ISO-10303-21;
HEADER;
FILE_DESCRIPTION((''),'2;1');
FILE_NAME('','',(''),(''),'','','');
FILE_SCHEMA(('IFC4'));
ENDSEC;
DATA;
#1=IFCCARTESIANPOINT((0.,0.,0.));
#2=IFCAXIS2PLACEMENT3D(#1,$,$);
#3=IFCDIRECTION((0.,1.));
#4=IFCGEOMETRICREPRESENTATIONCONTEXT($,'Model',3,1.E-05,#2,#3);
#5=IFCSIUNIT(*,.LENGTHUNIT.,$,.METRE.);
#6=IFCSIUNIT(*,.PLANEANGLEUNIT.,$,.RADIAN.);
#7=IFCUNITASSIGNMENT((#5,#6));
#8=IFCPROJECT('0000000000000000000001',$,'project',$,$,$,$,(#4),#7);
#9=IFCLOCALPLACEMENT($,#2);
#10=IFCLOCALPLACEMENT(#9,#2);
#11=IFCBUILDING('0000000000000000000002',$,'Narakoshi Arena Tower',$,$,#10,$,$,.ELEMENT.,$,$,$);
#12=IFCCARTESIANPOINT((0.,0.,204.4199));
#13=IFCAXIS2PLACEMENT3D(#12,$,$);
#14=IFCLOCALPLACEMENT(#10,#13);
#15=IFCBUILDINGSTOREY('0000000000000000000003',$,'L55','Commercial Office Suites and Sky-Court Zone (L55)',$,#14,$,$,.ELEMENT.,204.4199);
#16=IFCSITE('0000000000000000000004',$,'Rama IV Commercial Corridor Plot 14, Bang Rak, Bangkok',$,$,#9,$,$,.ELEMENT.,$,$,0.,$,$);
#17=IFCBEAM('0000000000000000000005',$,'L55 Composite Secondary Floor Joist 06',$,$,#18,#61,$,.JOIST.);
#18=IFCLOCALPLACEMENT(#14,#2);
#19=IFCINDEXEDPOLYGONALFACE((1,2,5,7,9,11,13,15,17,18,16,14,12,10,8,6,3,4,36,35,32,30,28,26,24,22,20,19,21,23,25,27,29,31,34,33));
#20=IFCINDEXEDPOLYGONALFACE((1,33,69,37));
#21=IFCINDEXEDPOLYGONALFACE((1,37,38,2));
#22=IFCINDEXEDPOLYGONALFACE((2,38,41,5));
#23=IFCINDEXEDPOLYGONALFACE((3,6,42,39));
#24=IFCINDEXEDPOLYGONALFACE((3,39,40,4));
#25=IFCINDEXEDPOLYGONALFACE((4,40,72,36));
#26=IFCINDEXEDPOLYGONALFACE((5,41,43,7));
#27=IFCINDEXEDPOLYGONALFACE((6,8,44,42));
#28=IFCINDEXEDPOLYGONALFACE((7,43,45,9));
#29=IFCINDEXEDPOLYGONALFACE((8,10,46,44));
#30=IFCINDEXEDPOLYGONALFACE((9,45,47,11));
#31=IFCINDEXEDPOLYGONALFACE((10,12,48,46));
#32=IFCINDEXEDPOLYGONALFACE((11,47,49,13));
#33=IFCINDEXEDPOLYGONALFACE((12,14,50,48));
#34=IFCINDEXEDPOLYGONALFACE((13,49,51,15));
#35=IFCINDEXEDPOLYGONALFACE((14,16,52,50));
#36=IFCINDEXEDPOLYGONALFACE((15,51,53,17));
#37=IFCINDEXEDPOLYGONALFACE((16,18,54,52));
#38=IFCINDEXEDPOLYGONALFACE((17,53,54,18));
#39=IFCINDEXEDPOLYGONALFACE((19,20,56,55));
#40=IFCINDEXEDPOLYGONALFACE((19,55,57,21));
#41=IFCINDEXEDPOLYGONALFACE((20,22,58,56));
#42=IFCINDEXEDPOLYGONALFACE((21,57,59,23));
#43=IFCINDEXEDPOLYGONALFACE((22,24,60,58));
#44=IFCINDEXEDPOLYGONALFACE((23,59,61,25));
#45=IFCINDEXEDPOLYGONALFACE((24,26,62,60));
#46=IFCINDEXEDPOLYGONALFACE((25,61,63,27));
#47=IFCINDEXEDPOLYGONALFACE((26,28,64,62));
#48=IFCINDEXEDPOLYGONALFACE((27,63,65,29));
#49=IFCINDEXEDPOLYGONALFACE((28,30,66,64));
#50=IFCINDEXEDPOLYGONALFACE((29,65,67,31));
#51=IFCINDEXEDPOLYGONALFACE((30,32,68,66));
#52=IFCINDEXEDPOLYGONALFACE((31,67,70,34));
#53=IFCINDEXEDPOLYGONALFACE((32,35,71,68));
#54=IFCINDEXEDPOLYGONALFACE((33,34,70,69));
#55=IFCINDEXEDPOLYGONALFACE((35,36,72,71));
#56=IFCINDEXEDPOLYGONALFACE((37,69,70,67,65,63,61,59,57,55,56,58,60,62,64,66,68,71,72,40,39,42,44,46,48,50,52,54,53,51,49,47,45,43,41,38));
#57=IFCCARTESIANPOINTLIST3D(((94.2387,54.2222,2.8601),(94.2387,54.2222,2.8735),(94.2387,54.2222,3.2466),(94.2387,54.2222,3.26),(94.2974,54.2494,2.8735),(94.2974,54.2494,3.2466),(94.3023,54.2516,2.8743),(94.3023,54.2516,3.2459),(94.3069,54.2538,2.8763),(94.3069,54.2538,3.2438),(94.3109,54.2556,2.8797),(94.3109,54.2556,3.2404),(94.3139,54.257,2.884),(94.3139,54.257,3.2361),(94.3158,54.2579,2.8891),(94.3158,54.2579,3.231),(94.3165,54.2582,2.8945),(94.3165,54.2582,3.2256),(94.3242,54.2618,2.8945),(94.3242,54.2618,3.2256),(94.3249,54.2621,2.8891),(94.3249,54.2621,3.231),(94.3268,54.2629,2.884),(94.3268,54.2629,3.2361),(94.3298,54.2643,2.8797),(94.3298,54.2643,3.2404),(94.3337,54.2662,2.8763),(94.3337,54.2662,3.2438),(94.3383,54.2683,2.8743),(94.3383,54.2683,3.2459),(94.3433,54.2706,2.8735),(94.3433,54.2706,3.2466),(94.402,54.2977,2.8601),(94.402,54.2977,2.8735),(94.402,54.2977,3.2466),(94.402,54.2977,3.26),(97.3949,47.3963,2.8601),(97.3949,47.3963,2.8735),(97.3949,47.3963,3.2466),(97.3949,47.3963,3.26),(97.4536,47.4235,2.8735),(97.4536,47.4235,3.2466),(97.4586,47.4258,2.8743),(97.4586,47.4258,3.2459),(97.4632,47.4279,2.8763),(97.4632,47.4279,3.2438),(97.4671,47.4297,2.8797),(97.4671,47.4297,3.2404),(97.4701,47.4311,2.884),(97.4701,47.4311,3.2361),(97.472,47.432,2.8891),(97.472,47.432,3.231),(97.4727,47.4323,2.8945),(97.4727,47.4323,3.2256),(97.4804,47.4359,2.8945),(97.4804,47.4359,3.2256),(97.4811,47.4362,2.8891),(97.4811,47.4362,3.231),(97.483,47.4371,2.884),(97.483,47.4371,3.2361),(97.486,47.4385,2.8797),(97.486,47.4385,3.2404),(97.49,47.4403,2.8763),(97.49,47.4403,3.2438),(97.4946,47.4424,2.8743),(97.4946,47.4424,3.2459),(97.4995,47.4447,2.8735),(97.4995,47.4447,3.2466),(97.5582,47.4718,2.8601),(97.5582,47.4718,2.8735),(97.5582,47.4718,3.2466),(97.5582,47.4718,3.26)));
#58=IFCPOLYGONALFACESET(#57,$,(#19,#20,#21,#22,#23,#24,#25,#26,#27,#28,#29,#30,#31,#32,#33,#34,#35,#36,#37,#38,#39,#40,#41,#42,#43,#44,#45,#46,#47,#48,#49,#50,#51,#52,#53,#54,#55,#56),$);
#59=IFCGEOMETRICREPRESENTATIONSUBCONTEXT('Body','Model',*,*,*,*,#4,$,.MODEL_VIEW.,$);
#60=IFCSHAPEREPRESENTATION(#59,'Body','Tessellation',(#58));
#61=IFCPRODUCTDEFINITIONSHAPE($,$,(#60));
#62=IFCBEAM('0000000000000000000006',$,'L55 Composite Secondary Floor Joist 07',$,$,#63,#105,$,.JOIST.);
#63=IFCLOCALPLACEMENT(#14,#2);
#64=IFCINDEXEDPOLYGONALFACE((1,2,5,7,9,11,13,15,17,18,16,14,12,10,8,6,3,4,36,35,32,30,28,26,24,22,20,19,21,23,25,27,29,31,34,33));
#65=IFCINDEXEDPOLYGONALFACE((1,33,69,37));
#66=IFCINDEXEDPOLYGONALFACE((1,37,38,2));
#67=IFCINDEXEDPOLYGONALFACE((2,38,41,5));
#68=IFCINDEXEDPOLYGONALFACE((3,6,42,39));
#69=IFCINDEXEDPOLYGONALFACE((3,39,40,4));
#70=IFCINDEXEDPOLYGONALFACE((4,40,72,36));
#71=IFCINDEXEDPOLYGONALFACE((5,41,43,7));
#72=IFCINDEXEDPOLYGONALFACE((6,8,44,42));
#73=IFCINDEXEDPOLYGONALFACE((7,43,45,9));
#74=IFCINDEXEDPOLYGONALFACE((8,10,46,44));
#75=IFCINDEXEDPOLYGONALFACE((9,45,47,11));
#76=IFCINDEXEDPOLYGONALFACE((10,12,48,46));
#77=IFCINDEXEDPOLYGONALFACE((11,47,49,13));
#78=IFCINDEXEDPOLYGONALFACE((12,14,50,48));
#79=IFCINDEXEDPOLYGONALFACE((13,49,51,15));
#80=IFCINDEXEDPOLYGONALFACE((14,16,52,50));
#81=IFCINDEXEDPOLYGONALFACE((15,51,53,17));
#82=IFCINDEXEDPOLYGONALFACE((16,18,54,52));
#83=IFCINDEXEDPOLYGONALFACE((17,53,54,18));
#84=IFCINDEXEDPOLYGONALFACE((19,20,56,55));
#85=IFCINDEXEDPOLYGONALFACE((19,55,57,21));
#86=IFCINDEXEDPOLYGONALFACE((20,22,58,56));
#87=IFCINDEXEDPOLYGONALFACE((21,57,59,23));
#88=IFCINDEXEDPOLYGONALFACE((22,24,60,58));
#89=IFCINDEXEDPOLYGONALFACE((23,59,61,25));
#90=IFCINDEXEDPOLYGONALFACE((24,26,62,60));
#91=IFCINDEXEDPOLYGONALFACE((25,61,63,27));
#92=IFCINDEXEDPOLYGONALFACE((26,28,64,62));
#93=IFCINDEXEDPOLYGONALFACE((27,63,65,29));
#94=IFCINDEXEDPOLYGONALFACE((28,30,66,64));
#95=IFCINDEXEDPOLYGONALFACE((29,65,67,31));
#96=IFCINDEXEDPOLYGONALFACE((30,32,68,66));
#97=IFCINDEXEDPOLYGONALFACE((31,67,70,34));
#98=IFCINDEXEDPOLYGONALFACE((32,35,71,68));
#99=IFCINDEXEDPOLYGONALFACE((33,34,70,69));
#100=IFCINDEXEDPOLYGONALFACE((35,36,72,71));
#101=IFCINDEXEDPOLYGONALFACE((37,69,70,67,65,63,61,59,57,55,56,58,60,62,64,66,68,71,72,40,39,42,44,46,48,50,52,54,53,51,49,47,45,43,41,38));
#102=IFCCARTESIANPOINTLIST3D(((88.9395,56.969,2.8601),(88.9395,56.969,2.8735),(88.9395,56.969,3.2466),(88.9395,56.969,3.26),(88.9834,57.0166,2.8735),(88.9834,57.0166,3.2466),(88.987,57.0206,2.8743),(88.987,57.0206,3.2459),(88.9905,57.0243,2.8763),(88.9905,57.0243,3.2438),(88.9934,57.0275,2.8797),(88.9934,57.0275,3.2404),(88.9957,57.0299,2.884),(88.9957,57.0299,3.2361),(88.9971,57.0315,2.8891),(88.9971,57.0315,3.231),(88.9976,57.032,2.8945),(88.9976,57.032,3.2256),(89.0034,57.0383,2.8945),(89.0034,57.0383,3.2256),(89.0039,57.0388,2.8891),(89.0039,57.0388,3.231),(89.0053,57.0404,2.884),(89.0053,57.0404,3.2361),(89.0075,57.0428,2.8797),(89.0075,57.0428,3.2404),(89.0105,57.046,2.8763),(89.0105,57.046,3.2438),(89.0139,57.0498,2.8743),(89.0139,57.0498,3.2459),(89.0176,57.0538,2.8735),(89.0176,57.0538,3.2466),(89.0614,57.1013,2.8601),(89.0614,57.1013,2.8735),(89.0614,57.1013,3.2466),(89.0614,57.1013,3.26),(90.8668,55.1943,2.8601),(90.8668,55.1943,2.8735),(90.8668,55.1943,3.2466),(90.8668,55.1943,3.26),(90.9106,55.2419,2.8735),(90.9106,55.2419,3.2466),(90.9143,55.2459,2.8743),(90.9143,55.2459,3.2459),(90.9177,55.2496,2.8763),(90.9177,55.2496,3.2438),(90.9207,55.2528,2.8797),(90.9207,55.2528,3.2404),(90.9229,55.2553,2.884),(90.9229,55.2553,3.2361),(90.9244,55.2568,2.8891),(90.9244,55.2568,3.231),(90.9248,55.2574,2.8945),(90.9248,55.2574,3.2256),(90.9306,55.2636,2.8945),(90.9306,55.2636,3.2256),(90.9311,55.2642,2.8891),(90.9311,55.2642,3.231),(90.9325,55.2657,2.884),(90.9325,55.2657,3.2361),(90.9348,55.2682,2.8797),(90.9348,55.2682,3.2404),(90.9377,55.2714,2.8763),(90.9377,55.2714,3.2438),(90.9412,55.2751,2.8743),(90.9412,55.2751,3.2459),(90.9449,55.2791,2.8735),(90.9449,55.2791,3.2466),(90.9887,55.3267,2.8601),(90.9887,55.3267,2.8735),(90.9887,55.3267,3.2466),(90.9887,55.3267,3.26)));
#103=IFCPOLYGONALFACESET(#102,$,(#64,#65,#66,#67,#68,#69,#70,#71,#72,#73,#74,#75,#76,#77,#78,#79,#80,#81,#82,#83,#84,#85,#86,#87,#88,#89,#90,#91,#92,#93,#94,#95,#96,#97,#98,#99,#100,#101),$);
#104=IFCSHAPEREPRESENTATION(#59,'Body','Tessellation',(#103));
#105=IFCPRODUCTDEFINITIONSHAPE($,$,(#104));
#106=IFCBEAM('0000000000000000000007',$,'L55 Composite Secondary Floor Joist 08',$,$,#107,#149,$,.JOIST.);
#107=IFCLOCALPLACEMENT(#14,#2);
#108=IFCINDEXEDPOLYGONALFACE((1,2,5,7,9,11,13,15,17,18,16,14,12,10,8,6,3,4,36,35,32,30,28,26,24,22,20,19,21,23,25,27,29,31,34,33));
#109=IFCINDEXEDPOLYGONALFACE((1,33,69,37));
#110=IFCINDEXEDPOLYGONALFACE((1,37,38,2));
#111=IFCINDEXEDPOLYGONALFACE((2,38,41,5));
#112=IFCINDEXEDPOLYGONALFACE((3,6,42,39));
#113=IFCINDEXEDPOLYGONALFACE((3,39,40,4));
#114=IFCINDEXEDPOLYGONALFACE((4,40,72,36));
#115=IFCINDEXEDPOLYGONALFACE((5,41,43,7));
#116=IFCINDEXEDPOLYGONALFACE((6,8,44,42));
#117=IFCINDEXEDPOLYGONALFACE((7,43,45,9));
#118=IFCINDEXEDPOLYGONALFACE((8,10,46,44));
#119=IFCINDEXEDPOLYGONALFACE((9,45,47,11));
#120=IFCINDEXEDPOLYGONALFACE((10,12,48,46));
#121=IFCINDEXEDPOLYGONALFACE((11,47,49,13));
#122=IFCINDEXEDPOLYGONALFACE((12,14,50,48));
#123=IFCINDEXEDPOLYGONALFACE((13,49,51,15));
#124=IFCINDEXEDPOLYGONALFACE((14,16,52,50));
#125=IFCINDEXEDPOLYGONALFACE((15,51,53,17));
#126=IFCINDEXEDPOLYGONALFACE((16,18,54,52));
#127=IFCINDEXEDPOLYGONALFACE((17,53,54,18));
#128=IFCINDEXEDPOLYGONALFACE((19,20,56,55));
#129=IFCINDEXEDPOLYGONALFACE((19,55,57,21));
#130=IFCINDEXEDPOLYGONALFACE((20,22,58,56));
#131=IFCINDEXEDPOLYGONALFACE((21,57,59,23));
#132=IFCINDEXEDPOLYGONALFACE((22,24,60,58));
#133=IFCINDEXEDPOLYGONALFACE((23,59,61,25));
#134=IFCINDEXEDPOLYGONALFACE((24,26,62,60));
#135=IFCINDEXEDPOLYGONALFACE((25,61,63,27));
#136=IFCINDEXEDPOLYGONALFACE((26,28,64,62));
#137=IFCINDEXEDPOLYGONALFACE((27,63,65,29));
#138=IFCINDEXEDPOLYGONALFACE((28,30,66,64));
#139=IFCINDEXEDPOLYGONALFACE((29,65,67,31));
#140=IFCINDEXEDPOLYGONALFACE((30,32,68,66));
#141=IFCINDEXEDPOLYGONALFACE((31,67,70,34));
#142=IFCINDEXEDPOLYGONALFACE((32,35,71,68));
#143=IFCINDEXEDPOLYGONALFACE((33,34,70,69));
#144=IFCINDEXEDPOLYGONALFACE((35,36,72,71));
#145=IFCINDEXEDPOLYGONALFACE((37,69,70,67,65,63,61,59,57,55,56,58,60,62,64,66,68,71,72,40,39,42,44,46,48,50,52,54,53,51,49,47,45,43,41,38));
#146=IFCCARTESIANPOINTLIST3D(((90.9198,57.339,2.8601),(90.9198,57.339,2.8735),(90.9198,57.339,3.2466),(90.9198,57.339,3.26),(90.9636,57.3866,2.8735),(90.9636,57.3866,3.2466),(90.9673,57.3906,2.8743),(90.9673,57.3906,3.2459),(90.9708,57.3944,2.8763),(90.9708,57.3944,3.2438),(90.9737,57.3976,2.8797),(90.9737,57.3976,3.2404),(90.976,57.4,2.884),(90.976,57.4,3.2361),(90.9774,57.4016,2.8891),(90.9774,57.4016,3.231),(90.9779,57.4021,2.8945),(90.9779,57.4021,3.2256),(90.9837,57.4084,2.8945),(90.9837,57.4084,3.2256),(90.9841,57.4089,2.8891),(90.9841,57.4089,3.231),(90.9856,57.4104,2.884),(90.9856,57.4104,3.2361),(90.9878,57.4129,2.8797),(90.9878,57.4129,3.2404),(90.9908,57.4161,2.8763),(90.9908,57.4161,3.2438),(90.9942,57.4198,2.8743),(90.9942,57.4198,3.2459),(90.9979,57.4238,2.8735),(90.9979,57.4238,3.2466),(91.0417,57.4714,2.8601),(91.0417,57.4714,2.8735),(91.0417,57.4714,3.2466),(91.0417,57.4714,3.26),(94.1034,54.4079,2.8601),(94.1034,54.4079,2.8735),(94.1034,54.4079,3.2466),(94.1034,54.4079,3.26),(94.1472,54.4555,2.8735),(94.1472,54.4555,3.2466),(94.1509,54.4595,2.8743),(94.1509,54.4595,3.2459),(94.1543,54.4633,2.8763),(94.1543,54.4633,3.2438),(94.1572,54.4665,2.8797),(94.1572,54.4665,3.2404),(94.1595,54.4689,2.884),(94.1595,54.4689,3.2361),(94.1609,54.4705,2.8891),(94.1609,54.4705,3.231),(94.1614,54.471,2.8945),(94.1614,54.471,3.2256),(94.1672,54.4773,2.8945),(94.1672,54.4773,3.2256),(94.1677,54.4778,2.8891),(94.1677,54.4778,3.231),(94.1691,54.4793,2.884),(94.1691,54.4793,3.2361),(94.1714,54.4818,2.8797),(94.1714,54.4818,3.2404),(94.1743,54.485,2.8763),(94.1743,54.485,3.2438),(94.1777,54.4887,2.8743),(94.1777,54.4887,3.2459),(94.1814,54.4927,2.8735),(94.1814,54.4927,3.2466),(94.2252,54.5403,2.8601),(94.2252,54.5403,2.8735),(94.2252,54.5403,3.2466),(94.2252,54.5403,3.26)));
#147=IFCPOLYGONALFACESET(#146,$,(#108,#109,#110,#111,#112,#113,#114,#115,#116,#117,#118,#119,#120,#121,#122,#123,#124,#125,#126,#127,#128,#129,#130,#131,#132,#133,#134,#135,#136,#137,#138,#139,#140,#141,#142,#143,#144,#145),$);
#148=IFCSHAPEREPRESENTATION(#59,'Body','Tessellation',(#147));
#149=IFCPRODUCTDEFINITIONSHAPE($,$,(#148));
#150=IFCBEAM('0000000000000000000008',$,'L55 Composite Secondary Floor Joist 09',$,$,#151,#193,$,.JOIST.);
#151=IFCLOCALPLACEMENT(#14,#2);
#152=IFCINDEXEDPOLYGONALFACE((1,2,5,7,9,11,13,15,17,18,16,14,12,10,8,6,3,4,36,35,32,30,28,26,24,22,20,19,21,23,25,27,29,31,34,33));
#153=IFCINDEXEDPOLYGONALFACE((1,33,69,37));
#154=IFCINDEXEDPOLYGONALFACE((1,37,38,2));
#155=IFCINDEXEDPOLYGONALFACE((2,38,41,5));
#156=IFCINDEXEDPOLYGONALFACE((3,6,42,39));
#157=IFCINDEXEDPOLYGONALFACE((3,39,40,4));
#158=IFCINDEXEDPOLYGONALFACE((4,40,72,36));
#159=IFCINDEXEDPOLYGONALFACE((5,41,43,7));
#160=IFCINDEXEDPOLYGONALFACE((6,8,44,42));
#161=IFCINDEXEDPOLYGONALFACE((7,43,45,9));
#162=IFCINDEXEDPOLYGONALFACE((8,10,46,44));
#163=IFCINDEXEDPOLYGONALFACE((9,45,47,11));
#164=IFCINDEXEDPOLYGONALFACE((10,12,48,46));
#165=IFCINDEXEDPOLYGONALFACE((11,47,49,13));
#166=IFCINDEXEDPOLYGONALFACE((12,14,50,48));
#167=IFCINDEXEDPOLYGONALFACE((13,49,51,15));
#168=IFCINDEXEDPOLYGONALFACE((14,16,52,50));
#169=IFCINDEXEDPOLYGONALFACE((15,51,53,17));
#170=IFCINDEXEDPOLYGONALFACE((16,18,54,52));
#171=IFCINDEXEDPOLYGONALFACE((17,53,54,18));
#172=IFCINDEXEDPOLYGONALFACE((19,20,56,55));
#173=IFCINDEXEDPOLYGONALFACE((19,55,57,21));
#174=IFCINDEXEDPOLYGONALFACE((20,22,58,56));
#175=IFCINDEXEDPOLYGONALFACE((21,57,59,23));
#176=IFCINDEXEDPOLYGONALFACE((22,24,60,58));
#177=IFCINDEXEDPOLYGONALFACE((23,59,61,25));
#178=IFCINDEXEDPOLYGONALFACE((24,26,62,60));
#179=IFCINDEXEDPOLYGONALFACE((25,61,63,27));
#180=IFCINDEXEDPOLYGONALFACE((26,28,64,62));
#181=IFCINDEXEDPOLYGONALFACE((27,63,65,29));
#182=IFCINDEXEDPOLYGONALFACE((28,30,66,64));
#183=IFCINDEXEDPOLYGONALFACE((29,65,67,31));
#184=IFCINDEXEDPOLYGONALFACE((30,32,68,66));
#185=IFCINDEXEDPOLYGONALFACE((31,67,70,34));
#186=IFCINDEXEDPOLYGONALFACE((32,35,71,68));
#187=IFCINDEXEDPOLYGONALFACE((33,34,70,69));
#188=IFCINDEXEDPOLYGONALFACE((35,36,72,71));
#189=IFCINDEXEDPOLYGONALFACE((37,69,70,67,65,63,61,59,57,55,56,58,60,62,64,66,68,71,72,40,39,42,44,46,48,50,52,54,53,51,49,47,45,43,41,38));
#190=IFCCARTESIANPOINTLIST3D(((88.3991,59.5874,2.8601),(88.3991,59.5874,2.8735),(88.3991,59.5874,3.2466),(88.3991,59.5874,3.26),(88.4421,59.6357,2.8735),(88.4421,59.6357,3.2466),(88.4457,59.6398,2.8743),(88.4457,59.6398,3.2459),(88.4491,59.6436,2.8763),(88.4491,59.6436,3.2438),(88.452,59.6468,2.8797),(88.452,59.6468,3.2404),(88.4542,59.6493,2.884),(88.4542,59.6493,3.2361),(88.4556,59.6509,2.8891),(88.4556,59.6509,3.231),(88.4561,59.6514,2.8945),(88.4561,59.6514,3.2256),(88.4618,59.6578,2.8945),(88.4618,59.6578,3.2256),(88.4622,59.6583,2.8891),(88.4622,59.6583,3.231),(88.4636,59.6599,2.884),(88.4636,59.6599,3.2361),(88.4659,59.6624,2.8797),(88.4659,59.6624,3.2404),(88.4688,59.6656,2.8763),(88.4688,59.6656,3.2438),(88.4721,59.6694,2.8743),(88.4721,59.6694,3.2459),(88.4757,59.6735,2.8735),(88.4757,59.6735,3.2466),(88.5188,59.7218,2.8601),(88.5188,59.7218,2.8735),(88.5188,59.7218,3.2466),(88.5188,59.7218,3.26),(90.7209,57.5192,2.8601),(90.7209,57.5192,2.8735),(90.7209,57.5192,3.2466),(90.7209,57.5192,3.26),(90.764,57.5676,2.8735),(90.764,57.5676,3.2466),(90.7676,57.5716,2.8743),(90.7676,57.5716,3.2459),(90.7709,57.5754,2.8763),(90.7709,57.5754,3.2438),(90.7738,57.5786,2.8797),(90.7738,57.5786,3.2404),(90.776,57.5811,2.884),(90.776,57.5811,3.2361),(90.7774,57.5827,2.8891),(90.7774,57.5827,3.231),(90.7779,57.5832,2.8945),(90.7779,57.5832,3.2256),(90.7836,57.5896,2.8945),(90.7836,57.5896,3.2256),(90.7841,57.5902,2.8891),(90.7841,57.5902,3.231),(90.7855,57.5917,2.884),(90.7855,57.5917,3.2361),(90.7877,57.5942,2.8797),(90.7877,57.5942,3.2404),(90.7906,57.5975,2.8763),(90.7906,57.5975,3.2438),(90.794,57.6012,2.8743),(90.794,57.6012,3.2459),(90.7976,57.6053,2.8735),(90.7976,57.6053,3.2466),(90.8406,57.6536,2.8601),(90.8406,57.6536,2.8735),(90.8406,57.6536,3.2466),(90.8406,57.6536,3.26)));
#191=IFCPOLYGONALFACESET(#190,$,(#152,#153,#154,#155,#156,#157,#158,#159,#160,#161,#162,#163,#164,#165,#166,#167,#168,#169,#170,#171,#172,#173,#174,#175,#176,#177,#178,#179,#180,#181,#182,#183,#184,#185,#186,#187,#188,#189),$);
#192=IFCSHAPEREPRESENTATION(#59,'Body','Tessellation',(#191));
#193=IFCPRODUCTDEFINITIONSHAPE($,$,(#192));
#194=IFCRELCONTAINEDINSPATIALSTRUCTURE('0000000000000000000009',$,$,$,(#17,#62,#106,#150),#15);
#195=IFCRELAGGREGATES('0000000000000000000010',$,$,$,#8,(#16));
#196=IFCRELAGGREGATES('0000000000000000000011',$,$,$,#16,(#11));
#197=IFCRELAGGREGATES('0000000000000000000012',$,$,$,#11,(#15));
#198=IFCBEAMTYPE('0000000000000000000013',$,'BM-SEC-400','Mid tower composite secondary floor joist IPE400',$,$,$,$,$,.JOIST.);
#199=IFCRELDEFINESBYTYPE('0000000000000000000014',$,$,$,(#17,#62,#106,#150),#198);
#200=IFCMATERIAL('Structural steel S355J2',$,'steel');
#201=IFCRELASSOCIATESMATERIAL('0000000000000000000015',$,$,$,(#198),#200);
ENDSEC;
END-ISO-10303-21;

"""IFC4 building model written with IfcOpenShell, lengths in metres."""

from ifc_helpers import new_model, si_unit, direction, frame, origin, origin_2d, place, context, subcontext, project, spatial, i_section, extrude, material, material_profile, profile_set, type_object, element, save


model = new_model("IFC4")

# Units and contexts
model_context = context("Model", 3, precision=1e-05, world=origin(), true_north=direction((0.0, 1.0)))
body_context = subcontext(model_context, "Body", "Model", "MODEL_VIEW")
ifc_project = project(units=[si_unit("LENGTHUNIT", "METRE"), si_unit("PLANEANGLEUNIT", "RADIAN")], contexts=[model_context])

# Site, building, storey
site_placement = place(None, origin())
site = spatial("IfcSite", under=ifc_project, at=site_placement, Name="Rama IV Commercial Corridor Plot 14, Bang Rak, Bangkok", CompositionType="ELEMENT", RefElevation=0.0)
building_placement = place(site_placement, origin())
building = spatial("IfcBuilding", under=site, at=building_placement, Name="Narakoshi Arena Tower", CompositionType="ELEMENT")
storey_placement = place(building_placement, frame((0.0, 0.0, 204.4199)))
storey = spatial("IfcBuildingStorey", under=building, at=storey_placement, Name="L55", Description="Commercial Office Suites and Sky-Court Zone (L55)", CompositionType="ELEMENT", Elevation=204.4199)

# Beams
ifc_material_1 = material(Name="Structural steel S355J2", Category="steel")
ifc_material_profile_1 = material_profile(ifc_material_1, i_section(OverallWidth=0.1799, OverallDepth=0.3999, WebThickness=0.0085, FlangeThickness=0.0134, FilletRadius=0.021, at=origin_2d()), Name="IPE400")
ifc_profile_set_1 = profile_set([ifc_material_profile_1], Name="Structural steel S355J2")
beam_type_1 = type_object("IfcBeamType", Name="BM-SEC-400", Description="Mid tower composite secondary floor joist IPE400", PredefinedType="JOIST", material=ifc_profile_set_1)
beam_1_placement = place(storey_placement, frame((97.4766, 47.4341, 3.0601), z_axis=(-0.419696, 0.907665, 0.0), x_axis=(-0.907665, -0.419696, 0.0)))
element("IfcBeam", 1, at=beam_1_placement, inside=storey, type_object=beam_type_1, Name="L55 Composite Secondary Floor Joist 06", PredefinedType="JOIST", context=body_context, shape_type="SweptSolid", body=[
    extrude(i_section(OverallWidth=0.1799, OverallDepth=0.3999, WebThickness=0.0085, FlangeThickness=0.0134, FilletRadius=0.021, at=origin_2d()), origin(), (0.0, 0.0, 1.0), 7.5203),
])
beam_2_placement = place(storey_placement, frame((90.9277, 55.2605, 3.0601), z_axis=(-0.735628, 0.677386, 0.0), x_axis=(-0.677386, -0.735628, 0.0)))
element("IfcBeam", 2, at=beam_2_placement, inside=storey, type_object=beam_type_1, Name="L55 Composite Secondary Floor Joist 07", PredefinedType="JOIST", context=body_context, shape_type="SweptSolid", body=[
    extrude(i_section(OverallWidth=0.1799, OverallDepth=0.3999, WebThickness=0.0085, FlangeThickness=0.0134, FilletRadius=0.021, at=origin_2d()), origin(), (0.0, 0.0, 1.0), 2.6199),
])
beam_3_placement = place(storey_placement, frame((94.1643, 54.4741, 3.0601), z_axis=(-0.735672, 0.677338, 0.0), x_axis=(-0.677338, -0.735672, 0.0)))
element("IfcBeam", 3, at=beam_3_placement, inside=storey, type_object=beam_type_1, Name="L55 Composite Secondary Floor Joist 08", PredefinedType="JOIST", context=body_context, shape_type="SweptSolid", body=[
    extrude(i_section(OverallWidth=0.1799, OverallDepth=0.3999, WebThickness=0.0085, FlangeThickness=0.0134, FilletRadius=0.021, at=origin_2d()), origin(), (0.0, 0.0, 1.0), 4.3274),
])
beam_4_placement = place(storey_placement, frame((90.7808, 57.5864, 3.0601), z_axis=(-0.74672, 0.665138, 0.0), x_axis=(-0.665138, -0.74672, 0.0)))
element("IfcBeam", 4, at=beam_4_placement, inside=storey, type_object=beam_type_1, Name="L55 Composite Secondary Floor Joist 09", PredefinedType="JOIST", context=body_context, shape_type="SweptSolid", body=[
    extrude(i_section(OverallWidth=0.1799, OverallDepth=0.3999, WebThickness=0.0085, FlangeThickness=0.0134, FilletRadius=0.021, at=origin_2d()), origin(), (0.0, 0.0, 1.0), 3.1094),
])

save(model, "model.ifc")
